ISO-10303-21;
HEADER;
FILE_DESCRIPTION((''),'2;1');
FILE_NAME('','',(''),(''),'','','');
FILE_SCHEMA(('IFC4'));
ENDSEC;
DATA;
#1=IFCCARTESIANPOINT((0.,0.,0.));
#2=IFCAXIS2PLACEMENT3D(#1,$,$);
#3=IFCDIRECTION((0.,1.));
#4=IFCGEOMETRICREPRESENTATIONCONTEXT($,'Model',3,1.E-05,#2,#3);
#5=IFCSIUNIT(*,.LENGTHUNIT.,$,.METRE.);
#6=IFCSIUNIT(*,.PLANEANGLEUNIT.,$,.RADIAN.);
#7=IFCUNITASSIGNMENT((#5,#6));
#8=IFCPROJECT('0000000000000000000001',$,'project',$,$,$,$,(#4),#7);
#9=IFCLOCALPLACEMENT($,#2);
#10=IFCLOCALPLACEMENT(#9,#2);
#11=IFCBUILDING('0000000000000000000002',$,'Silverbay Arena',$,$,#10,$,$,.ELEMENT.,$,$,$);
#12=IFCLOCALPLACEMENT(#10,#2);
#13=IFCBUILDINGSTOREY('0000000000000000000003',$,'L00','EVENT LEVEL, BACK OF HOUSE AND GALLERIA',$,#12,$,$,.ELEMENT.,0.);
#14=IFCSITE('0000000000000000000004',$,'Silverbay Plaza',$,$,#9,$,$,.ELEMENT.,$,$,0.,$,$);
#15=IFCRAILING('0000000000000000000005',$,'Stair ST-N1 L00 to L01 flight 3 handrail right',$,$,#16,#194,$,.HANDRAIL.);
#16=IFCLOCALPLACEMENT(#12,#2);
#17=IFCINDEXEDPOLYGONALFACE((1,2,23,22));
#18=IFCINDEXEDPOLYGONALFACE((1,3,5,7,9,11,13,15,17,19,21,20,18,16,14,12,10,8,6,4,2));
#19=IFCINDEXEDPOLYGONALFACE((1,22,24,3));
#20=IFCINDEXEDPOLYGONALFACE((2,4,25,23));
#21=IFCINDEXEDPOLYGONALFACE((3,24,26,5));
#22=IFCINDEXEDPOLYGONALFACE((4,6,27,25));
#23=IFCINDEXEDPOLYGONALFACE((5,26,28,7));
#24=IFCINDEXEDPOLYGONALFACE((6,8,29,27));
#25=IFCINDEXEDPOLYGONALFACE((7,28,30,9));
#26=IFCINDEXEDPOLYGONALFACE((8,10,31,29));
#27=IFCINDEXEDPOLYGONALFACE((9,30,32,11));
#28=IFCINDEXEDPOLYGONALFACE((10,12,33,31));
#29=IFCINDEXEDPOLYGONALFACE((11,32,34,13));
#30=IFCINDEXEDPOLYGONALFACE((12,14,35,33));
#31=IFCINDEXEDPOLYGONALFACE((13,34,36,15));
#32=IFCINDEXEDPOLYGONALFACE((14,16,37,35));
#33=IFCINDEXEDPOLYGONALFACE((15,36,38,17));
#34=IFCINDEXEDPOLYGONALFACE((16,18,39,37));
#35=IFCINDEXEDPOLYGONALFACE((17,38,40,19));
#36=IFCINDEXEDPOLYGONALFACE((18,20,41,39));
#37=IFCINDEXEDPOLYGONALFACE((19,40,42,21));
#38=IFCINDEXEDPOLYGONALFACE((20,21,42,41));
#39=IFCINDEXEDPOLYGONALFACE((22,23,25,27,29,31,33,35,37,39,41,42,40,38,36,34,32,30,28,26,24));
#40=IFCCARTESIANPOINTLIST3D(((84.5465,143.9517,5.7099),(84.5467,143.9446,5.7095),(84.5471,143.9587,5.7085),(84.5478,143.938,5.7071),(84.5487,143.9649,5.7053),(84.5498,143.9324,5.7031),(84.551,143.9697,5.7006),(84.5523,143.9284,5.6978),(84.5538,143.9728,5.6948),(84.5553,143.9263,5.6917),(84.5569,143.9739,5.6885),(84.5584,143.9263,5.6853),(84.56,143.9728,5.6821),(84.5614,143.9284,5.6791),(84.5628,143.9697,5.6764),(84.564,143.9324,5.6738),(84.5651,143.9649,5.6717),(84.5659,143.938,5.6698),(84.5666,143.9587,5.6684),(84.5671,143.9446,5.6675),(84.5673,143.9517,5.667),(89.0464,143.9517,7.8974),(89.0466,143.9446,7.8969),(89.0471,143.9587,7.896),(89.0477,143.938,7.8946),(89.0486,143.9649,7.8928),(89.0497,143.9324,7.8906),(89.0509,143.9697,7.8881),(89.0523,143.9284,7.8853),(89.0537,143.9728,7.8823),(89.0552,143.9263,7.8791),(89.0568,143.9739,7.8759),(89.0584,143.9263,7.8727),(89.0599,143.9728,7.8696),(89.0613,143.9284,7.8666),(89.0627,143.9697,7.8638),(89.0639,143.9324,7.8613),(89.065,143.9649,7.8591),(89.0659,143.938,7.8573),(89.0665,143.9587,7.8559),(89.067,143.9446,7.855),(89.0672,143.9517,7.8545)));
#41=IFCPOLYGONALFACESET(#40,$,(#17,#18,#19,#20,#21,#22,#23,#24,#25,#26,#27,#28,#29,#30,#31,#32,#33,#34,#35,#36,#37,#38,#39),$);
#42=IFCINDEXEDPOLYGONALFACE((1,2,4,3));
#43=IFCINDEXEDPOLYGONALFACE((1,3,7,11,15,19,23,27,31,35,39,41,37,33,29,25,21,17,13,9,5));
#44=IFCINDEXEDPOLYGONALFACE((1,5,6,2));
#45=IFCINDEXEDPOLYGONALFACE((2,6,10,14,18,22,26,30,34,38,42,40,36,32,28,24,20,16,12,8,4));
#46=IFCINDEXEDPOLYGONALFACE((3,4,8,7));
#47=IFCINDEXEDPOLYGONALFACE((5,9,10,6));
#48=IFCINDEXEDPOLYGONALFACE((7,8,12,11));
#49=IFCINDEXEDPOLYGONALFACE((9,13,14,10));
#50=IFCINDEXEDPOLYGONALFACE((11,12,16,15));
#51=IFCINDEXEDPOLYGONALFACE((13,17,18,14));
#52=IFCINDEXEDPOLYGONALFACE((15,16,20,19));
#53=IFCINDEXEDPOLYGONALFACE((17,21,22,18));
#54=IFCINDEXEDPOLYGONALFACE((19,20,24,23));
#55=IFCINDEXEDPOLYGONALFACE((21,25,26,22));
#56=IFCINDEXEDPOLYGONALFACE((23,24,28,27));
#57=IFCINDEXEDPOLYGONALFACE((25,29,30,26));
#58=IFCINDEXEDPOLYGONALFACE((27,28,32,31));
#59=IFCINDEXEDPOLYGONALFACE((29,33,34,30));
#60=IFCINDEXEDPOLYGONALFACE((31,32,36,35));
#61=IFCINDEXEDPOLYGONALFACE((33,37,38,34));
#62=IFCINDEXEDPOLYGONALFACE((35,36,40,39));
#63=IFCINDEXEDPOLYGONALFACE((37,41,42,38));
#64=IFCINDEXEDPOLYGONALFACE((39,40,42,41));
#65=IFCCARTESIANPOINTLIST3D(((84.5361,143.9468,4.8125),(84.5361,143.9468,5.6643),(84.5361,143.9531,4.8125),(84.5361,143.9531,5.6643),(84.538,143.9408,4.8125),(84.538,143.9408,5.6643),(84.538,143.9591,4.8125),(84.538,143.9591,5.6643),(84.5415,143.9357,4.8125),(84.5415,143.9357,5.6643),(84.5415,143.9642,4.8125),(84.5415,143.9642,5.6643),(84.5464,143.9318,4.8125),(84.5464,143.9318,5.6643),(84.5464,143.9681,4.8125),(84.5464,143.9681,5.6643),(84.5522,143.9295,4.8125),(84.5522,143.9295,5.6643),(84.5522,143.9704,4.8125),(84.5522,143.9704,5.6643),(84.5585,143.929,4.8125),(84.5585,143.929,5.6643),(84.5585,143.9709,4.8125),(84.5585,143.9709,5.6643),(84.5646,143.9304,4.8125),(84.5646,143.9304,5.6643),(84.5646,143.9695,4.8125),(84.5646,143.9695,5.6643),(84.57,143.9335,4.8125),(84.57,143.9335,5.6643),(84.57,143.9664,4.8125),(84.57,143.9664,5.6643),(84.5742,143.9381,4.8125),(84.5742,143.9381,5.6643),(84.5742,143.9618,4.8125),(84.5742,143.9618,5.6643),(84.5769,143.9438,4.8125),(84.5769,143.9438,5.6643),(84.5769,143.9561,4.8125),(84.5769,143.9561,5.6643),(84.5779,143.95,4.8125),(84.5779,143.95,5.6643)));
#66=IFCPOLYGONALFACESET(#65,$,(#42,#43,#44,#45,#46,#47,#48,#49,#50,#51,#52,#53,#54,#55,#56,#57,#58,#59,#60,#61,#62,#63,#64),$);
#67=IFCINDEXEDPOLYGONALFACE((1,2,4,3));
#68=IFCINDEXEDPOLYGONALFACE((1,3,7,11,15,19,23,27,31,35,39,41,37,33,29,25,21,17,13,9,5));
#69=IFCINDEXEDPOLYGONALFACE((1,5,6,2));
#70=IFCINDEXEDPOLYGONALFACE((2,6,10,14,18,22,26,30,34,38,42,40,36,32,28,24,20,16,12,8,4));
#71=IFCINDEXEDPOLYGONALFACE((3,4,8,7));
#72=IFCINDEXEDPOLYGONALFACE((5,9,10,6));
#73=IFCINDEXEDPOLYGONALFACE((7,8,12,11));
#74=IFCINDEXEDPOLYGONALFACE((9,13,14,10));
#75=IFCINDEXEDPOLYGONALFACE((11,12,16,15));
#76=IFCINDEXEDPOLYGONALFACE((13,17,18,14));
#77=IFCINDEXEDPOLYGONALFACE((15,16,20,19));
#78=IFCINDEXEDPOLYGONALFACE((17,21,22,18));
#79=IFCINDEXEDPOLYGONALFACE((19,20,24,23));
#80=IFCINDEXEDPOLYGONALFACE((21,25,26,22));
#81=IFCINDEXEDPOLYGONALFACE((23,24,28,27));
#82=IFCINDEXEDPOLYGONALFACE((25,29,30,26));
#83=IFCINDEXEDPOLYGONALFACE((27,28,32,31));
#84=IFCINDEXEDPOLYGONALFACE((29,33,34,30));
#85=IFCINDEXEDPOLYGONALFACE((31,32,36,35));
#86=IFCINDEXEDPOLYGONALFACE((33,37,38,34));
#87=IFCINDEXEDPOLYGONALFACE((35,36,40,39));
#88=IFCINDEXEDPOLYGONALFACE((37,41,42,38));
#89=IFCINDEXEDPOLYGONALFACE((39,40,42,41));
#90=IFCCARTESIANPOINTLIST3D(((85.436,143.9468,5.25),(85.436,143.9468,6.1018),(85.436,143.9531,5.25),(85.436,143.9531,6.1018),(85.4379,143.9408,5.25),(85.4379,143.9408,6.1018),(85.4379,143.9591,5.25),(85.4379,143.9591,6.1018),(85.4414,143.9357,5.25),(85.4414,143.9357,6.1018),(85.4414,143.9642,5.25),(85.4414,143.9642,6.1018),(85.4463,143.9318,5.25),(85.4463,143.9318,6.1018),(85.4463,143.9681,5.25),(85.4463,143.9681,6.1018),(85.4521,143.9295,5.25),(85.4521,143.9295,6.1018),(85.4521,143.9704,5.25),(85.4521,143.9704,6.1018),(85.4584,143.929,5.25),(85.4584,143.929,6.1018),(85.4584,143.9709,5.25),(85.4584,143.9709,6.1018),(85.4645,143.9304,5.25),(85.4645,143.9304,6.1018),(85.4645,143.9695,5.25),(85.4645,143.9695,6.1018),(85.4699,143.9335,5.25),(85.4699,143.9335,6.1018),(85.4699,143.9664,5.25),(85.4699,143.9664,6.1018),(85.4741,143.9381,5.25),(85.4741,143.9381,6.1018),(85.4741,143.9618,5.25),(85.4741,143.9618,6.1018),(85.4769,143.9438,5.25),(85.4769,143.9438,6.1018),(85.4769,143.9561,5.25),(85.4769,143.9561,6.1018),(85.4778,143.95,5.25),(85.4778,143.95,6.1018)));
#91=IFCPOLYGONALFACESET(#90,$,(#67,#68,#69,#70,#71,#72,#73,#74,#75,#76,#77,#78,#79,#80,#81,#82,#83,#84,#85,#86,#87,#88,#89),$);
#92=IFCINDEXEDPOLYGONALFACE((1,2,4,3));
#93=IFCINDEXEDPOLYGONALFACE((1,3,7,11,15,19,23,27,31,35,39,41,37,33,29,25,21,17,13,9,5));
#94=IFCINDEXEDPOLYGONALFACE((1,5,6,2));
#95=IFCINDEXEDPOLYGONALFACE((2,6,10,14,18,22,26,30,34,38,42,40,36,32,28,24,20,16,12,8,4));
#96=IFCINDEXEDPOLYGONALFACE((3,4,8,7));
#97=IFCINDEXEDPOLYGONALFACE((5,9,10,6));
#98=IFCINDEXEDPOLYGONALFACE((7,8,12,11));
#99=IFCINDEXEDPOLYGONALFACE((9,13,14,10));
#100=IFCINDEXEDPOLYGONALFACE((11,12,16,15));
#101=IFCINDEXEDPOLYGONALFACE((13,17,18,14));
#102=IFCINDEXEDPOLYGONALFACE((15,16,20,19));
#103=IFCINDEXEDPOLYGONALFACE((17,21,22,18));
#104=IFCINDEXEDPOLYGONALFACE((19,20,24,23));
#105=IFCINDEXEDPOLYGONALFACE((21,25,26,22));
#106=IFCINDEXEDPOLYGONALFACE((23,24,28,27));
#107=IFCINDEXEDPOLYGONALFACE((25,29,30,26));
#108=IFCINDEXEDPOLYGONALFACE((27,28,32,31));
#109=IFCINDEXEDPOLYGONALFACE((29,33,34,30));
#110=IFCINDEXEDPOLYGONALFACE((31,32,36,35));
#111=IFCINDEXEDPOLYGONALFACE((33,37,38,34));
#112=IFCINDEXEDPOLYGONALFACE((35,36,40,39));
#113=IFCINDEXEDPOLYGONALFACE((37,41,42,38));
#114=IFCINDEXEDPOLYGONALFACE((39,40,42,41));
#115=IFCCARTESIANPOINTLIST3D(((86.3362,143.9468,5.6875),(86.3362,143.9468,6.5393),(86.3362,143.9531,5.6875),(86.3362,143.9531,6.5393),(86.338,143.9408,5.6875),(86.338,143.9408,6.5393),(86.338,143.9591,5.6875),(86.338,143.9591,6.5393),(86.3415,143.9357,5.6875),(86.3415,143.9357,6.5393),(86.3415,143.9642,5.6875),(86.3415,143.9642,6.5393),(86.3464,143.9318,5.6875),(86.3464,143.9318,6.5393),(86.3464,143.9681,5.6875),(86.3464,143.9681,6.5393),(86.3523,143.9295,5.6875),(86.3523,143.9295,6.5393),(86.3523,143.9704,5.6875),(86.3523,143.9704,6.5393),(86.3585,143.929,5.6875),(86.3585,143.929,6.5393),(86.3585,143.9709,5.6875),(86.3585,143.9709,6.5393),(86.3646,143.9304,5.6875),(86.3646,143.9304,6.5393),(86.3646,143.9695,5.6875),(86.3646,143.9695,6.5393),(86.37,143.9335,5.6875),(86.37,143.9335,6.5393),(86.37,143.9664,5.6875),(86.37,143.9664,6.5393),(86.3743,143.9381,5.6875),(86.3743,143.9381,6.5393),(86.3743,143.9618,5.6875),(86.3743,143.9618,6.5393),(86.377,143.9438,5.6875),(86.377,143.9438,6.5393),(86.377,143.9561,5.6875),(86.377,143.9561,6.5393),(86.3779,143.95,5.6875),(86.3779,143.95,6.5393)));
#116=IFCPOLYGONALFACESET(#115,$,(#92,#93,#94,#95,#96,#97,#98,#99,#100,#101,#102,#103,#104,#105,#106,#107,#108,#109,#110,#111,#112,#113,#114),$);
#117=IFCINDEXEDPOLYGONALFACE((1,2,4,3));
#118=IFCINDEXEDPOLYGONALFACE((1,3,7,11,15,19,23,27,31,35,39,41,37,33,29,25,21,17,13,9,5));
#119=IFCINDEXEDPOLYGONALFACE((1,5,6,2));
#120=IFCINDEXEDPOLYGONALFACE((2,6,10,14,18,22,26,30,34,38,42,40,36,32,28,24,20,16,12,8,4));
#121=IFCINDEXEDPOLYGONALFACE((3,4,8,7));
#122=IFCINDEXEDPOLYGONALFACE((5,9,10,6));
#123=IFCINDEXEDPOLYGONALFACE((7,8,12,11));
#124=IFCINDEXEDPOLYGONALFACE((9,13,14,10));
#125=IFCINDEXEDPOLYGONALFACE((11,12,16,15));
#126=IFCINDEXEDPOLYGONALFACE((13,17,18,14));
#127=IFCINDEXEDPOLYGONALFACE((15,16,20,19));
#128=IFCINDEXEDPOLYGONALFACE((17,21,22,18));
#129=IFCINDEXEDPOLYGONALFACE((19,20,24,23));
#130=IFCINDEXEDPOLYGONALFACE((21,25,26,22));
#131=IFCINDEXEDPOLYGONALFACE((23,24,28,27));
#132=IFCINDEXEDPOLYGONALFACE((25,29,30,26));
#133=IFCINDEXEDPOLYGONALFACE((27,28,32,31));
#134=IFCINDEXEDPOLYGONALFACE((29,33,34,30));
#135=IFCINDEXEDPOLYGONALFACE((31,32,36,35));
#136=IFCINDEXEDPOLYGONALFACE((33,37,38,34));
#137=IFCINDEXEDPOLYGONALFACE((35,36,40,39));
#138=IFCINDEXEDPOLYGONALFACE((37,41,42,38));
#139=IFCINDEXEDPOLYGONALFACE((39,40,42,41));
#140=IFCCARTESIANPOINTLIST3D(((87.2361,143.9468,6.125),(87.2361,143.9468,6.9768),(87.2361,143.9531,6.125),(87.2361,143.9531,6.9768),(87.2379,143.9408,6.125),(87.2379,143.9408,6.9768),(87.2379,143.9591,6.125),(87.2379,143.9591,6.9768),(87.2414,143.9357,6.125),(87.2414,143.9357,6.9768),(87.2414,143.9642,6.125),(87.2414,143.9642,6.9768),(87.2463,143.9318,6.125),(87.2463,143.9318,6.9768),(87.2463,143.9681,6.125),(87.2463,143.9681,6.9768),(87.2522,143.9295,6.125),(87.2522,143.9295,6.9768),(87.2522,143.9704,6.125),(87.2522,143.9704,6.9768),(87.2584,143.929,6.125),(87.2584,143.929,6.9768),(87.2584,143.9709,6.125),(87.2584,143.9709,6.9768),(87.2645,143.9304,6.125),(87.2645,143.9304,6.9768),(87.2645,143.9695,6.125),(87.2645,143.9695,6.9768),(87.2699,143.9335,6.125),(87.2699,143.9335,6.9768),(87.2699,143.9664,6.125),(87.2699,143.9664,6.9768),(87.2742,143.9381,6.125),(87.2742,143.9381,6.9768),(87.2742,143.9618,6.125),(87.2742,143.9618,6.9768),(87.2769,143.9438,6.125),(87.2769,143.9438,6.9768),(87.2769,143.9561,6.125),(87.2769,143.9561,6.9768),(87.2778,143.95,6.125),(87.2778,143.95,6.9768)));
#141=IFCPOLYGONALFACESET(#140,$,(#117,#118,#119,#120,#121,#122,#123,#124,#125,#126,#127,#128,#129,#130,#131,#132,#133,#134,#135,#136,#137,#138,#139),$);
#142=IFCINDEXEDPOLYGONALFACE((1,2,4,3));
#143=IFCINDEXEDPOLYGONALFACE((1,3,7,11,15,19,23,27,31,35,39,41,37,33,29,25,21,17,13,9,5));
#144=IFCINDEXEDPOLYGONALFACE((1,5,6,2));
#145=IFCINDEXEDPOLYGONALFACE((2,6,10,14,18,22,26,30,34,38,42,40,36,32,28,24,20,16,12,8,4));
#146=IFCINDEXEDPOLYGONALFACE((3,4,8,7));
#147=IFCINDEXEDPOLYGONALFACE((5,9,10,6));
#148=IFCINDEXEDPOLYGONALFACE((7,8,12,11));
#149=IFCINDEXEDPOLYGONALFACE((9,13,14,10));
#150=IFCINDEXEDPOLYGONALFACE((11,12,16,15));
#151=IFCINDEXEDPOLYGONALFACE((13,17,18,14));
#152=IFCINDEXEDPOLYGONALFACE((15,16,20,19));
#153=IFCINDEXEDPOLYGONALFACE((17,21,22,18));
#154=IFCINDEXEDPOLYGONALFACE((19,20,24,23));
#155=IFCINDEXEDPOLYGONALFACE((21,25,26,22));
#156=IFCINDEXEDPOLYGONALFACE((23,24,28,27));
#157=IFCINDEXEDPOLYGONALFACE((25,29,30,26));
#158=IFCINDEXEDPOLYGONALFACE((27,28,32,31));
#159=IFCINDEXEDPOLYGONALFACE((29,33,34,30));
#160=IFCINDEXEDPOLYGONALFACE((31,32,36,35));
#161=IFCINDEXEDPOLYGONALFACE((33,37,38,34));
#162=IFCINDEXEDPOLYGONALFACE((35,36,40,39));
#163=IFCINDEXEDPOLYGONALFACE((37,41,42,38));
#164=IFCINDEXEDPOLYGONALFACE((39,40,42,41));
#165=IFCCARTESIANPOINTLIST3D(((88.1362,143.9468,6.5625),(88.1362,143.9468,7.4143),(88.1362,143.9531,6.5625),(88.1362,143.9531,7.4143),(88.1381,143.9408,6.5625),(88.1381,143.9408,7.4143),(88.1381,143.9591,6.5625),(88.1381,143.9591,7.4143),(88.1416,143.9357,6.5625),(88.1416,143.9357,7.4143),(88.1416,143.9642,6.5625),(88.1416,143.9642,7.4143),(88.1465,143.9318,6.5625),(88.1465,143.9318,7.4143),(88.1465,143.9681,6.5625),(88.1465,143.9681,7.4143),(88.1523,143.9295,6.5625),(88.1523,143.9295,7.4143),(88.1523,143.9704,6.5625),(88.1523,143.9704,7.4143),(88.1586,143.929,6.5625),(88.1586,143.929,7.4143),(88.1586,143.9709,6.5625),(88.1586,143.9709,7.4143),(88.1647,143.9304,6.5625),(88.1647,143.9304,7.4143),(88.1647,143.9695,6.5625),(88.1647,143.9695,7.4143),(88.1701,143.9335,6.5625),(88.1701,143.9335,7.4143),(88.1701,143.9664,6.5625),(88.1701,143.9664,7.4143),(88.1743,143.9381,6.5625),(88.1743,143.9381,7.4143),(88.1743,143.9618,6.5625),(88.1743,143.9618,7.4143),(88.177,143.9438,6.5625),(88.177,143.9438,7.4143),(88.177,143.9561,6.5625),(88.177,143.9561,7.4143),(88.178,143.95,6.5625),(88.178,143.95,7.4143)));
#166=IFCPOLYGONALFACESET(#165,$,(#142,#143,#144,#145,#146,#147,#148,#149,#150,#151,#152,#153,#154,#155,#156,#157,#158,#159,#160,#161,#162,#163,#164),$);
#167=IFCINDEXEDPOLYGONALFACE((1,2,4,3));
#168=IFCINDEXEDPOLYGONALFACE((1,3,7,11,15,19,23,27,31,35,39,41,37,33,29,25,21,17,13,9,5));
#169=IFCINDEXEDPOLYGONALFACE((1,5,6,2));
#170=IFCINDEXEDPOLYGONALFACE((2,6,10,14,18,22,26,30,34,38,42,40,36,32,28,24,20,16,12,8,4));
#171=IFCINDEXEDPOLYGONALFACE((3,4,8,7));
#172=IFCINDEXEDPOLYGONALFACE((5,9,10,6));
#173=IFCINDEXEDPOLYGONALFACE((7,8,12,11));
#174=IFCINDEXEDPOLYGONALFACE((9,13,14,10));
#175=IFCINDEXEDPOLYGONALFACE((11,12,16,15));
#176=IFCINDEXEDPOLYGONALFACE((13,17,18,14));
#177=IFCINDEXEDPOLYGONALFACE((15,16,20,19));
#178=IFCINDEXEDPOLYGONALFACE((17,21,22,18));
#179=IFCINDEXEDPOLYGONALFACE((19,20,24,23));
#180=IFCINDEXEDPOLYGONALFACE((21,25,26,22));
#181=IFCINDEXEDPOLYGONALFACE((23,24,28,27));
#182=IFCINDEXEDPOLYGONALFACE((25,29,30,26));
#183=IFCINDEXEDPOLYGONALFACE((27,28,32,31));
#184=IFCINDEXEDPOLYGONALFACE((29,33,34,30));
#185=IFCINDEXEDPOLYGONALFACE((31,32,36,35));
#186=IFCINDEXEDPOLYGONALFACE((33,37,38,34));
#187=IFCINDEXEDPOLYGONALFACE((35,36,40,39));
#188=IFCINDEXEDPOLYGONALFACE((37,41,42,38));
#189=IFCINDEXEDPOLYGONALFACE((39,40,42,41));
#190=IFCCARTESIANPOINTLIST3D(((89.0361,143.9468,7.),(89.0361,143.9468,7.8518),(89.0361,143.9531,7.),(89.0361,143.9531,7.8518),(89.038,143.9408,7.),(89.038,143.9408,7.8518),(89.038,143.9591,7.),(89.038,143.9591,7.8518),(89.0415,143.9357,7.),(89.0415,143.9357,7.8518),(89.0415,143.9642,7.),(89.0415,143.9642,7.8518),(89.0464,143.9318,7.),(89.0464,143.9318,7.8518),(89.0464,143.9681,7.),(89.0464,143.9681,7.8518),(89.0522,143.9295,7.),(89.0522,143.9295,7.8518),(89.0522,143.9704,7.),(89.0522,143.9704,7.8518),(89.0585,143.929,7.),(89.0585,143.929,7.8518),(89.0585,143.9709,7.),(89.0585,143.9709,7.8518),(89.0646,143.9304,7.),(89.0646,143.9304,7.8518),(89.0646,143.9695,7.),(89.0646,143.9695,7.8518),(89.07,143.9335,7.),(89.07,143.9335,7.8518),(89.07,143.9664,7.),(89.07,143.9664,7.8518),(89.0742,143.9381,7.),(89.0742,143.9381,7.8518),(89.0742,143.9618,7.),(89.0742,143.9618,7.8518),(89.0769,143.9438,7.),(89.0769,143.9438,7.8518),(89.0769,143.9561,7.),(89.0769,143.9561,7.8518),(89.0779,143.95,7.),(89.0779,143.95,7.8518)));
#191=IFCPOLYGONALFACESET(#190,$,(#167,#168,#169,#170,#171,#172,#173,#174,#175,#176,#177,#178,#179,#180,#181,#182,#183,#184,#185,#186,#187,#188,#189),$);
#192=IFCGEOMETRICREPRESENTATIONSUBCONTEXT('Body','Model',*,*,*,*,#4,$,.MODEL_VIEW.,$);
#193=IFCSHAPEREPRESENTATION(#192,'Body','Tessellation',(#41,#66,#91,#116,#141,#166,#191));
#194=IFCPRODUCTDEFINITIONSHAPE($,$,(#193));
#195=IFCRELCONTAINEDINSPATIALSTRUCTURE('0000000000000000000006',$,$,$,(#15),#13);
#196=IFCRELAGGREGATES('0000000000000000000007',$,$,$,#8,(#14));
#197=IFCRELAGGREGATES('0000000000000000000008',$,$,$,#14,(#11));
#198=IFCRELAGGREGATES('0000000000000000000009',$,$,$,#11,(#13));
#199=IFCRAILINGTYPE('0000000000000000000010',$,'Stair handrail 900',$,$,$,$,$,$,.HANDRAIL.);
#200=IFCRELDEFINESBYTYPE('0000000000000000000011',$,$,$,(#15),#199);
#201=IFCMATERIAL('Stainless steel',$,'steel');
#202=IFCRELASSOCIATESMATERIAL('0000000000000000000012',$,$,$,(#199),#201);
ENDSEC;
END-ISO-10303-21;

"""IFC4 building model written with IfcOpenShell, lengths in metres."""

from ifc_helpers import new_model, si_unit, direction, frame, origin, origin_2d, place, context, subcontext, project, spatial, circle, extrude, material, type_object, element, save


model = new_model("IFC4")

# Units and contexts
model_context = context("Model", 3, precision=1e-05, world=origin(), true_north=direction((0.0, 1.0)))
body_context = subcontext(model_context, "Body", "Model", "MODEL_VIEW")
ifc_project = project(units=[si_unit("LENGTHUNIT", "METRE"), si_unit("PLANEANGLEUNIT", "RADIAN")], contexts=[model_context])

# Site, building, storey
site_placement = place(None, origin())
site = spatial("IfcSite", under=ifc_project, at=site_placement, Name="Silverbay Plaza", CompositionType="ELEMENT", RefElevation=0.0)
building_placement = place(site_placement, origin())
building = spatial("IfcBuilding", under=site, at=building_placement, Name="Silverbay Arena", CompositionType="ELEMENT")
storey_placement = place(building_placement, origin())
storey = spatial("IfcBuildingStorey", under=building, at=storey_placement, Name="L00", Description="EVENT LEVEL, BACK OF HOUSE AND GALLERIA", CompositionType="ELEMENT", Elevation=0.0)

# Railing
ifc_material_1 = material(Name="Stainless steel", Category="steel")
railing_type_1 = type_object("IfcRailingType", Name="Stair handrail 900", PredefinedType="HANDRAIL", material=ifc_material_1)
for number, where, name in (
    (1, (84.5569, 143.95, 4.8125), "Stair ST-N1 L00 to L01 flight 3 handrail right"),
):
    element("IfcRailing", number, at=place(storey_placement, frame(where)), inside=storey, type_object=railing_type_1, Name=name, PredefinedType="HANDRAIL", context=body_context, shape_type="SweptSolid", body=[
        extrude(circle(Radius=0.0239, at=origin_2d()), frame((0.0, 0.0, 0.876), z_axis=(0.899368, 0.0, 0.437193), x_axis=(0.0, 1.0, 0.0)), (0.0, 0.0, 1.0), 5.0034),
        extrude(circle(Radius=0.021, at=origin_2d()), origin(), (0.0, 0.0, 1.0), 0.8518),
        extrude(circle(Radius=0.021, at=origin_2d()), frame((0.8999, 0.0, 0.4375)), (0.0, 0.0, 1.0), 0.8518),
        extrude(circle(Radius=0.021, at=origin_2d()), frame((1.8, 0.0, 0.875)), (0.0, 0.0, 1.0), 0.8518),
        extrude(circle(Radius=0.021, at=origin_2d()), frame((2.7, 0.0, 1.3125)), (0.0, 0.0, 1.0), 0.8518),
        extrude(circle(Radius=0.021, at=origin_2d()), frame((3.6001, 0.0, 1.75)), (0.0, 0.0, 1.0), 0.8518),
        extrude(circle(Radius=0.021, at=origin_2d()), frame((4.5, 0.0, 2.1875)), (0.0, 0.0, 1.0), 0.8518),
    ])

save(model, "model.ifc")
